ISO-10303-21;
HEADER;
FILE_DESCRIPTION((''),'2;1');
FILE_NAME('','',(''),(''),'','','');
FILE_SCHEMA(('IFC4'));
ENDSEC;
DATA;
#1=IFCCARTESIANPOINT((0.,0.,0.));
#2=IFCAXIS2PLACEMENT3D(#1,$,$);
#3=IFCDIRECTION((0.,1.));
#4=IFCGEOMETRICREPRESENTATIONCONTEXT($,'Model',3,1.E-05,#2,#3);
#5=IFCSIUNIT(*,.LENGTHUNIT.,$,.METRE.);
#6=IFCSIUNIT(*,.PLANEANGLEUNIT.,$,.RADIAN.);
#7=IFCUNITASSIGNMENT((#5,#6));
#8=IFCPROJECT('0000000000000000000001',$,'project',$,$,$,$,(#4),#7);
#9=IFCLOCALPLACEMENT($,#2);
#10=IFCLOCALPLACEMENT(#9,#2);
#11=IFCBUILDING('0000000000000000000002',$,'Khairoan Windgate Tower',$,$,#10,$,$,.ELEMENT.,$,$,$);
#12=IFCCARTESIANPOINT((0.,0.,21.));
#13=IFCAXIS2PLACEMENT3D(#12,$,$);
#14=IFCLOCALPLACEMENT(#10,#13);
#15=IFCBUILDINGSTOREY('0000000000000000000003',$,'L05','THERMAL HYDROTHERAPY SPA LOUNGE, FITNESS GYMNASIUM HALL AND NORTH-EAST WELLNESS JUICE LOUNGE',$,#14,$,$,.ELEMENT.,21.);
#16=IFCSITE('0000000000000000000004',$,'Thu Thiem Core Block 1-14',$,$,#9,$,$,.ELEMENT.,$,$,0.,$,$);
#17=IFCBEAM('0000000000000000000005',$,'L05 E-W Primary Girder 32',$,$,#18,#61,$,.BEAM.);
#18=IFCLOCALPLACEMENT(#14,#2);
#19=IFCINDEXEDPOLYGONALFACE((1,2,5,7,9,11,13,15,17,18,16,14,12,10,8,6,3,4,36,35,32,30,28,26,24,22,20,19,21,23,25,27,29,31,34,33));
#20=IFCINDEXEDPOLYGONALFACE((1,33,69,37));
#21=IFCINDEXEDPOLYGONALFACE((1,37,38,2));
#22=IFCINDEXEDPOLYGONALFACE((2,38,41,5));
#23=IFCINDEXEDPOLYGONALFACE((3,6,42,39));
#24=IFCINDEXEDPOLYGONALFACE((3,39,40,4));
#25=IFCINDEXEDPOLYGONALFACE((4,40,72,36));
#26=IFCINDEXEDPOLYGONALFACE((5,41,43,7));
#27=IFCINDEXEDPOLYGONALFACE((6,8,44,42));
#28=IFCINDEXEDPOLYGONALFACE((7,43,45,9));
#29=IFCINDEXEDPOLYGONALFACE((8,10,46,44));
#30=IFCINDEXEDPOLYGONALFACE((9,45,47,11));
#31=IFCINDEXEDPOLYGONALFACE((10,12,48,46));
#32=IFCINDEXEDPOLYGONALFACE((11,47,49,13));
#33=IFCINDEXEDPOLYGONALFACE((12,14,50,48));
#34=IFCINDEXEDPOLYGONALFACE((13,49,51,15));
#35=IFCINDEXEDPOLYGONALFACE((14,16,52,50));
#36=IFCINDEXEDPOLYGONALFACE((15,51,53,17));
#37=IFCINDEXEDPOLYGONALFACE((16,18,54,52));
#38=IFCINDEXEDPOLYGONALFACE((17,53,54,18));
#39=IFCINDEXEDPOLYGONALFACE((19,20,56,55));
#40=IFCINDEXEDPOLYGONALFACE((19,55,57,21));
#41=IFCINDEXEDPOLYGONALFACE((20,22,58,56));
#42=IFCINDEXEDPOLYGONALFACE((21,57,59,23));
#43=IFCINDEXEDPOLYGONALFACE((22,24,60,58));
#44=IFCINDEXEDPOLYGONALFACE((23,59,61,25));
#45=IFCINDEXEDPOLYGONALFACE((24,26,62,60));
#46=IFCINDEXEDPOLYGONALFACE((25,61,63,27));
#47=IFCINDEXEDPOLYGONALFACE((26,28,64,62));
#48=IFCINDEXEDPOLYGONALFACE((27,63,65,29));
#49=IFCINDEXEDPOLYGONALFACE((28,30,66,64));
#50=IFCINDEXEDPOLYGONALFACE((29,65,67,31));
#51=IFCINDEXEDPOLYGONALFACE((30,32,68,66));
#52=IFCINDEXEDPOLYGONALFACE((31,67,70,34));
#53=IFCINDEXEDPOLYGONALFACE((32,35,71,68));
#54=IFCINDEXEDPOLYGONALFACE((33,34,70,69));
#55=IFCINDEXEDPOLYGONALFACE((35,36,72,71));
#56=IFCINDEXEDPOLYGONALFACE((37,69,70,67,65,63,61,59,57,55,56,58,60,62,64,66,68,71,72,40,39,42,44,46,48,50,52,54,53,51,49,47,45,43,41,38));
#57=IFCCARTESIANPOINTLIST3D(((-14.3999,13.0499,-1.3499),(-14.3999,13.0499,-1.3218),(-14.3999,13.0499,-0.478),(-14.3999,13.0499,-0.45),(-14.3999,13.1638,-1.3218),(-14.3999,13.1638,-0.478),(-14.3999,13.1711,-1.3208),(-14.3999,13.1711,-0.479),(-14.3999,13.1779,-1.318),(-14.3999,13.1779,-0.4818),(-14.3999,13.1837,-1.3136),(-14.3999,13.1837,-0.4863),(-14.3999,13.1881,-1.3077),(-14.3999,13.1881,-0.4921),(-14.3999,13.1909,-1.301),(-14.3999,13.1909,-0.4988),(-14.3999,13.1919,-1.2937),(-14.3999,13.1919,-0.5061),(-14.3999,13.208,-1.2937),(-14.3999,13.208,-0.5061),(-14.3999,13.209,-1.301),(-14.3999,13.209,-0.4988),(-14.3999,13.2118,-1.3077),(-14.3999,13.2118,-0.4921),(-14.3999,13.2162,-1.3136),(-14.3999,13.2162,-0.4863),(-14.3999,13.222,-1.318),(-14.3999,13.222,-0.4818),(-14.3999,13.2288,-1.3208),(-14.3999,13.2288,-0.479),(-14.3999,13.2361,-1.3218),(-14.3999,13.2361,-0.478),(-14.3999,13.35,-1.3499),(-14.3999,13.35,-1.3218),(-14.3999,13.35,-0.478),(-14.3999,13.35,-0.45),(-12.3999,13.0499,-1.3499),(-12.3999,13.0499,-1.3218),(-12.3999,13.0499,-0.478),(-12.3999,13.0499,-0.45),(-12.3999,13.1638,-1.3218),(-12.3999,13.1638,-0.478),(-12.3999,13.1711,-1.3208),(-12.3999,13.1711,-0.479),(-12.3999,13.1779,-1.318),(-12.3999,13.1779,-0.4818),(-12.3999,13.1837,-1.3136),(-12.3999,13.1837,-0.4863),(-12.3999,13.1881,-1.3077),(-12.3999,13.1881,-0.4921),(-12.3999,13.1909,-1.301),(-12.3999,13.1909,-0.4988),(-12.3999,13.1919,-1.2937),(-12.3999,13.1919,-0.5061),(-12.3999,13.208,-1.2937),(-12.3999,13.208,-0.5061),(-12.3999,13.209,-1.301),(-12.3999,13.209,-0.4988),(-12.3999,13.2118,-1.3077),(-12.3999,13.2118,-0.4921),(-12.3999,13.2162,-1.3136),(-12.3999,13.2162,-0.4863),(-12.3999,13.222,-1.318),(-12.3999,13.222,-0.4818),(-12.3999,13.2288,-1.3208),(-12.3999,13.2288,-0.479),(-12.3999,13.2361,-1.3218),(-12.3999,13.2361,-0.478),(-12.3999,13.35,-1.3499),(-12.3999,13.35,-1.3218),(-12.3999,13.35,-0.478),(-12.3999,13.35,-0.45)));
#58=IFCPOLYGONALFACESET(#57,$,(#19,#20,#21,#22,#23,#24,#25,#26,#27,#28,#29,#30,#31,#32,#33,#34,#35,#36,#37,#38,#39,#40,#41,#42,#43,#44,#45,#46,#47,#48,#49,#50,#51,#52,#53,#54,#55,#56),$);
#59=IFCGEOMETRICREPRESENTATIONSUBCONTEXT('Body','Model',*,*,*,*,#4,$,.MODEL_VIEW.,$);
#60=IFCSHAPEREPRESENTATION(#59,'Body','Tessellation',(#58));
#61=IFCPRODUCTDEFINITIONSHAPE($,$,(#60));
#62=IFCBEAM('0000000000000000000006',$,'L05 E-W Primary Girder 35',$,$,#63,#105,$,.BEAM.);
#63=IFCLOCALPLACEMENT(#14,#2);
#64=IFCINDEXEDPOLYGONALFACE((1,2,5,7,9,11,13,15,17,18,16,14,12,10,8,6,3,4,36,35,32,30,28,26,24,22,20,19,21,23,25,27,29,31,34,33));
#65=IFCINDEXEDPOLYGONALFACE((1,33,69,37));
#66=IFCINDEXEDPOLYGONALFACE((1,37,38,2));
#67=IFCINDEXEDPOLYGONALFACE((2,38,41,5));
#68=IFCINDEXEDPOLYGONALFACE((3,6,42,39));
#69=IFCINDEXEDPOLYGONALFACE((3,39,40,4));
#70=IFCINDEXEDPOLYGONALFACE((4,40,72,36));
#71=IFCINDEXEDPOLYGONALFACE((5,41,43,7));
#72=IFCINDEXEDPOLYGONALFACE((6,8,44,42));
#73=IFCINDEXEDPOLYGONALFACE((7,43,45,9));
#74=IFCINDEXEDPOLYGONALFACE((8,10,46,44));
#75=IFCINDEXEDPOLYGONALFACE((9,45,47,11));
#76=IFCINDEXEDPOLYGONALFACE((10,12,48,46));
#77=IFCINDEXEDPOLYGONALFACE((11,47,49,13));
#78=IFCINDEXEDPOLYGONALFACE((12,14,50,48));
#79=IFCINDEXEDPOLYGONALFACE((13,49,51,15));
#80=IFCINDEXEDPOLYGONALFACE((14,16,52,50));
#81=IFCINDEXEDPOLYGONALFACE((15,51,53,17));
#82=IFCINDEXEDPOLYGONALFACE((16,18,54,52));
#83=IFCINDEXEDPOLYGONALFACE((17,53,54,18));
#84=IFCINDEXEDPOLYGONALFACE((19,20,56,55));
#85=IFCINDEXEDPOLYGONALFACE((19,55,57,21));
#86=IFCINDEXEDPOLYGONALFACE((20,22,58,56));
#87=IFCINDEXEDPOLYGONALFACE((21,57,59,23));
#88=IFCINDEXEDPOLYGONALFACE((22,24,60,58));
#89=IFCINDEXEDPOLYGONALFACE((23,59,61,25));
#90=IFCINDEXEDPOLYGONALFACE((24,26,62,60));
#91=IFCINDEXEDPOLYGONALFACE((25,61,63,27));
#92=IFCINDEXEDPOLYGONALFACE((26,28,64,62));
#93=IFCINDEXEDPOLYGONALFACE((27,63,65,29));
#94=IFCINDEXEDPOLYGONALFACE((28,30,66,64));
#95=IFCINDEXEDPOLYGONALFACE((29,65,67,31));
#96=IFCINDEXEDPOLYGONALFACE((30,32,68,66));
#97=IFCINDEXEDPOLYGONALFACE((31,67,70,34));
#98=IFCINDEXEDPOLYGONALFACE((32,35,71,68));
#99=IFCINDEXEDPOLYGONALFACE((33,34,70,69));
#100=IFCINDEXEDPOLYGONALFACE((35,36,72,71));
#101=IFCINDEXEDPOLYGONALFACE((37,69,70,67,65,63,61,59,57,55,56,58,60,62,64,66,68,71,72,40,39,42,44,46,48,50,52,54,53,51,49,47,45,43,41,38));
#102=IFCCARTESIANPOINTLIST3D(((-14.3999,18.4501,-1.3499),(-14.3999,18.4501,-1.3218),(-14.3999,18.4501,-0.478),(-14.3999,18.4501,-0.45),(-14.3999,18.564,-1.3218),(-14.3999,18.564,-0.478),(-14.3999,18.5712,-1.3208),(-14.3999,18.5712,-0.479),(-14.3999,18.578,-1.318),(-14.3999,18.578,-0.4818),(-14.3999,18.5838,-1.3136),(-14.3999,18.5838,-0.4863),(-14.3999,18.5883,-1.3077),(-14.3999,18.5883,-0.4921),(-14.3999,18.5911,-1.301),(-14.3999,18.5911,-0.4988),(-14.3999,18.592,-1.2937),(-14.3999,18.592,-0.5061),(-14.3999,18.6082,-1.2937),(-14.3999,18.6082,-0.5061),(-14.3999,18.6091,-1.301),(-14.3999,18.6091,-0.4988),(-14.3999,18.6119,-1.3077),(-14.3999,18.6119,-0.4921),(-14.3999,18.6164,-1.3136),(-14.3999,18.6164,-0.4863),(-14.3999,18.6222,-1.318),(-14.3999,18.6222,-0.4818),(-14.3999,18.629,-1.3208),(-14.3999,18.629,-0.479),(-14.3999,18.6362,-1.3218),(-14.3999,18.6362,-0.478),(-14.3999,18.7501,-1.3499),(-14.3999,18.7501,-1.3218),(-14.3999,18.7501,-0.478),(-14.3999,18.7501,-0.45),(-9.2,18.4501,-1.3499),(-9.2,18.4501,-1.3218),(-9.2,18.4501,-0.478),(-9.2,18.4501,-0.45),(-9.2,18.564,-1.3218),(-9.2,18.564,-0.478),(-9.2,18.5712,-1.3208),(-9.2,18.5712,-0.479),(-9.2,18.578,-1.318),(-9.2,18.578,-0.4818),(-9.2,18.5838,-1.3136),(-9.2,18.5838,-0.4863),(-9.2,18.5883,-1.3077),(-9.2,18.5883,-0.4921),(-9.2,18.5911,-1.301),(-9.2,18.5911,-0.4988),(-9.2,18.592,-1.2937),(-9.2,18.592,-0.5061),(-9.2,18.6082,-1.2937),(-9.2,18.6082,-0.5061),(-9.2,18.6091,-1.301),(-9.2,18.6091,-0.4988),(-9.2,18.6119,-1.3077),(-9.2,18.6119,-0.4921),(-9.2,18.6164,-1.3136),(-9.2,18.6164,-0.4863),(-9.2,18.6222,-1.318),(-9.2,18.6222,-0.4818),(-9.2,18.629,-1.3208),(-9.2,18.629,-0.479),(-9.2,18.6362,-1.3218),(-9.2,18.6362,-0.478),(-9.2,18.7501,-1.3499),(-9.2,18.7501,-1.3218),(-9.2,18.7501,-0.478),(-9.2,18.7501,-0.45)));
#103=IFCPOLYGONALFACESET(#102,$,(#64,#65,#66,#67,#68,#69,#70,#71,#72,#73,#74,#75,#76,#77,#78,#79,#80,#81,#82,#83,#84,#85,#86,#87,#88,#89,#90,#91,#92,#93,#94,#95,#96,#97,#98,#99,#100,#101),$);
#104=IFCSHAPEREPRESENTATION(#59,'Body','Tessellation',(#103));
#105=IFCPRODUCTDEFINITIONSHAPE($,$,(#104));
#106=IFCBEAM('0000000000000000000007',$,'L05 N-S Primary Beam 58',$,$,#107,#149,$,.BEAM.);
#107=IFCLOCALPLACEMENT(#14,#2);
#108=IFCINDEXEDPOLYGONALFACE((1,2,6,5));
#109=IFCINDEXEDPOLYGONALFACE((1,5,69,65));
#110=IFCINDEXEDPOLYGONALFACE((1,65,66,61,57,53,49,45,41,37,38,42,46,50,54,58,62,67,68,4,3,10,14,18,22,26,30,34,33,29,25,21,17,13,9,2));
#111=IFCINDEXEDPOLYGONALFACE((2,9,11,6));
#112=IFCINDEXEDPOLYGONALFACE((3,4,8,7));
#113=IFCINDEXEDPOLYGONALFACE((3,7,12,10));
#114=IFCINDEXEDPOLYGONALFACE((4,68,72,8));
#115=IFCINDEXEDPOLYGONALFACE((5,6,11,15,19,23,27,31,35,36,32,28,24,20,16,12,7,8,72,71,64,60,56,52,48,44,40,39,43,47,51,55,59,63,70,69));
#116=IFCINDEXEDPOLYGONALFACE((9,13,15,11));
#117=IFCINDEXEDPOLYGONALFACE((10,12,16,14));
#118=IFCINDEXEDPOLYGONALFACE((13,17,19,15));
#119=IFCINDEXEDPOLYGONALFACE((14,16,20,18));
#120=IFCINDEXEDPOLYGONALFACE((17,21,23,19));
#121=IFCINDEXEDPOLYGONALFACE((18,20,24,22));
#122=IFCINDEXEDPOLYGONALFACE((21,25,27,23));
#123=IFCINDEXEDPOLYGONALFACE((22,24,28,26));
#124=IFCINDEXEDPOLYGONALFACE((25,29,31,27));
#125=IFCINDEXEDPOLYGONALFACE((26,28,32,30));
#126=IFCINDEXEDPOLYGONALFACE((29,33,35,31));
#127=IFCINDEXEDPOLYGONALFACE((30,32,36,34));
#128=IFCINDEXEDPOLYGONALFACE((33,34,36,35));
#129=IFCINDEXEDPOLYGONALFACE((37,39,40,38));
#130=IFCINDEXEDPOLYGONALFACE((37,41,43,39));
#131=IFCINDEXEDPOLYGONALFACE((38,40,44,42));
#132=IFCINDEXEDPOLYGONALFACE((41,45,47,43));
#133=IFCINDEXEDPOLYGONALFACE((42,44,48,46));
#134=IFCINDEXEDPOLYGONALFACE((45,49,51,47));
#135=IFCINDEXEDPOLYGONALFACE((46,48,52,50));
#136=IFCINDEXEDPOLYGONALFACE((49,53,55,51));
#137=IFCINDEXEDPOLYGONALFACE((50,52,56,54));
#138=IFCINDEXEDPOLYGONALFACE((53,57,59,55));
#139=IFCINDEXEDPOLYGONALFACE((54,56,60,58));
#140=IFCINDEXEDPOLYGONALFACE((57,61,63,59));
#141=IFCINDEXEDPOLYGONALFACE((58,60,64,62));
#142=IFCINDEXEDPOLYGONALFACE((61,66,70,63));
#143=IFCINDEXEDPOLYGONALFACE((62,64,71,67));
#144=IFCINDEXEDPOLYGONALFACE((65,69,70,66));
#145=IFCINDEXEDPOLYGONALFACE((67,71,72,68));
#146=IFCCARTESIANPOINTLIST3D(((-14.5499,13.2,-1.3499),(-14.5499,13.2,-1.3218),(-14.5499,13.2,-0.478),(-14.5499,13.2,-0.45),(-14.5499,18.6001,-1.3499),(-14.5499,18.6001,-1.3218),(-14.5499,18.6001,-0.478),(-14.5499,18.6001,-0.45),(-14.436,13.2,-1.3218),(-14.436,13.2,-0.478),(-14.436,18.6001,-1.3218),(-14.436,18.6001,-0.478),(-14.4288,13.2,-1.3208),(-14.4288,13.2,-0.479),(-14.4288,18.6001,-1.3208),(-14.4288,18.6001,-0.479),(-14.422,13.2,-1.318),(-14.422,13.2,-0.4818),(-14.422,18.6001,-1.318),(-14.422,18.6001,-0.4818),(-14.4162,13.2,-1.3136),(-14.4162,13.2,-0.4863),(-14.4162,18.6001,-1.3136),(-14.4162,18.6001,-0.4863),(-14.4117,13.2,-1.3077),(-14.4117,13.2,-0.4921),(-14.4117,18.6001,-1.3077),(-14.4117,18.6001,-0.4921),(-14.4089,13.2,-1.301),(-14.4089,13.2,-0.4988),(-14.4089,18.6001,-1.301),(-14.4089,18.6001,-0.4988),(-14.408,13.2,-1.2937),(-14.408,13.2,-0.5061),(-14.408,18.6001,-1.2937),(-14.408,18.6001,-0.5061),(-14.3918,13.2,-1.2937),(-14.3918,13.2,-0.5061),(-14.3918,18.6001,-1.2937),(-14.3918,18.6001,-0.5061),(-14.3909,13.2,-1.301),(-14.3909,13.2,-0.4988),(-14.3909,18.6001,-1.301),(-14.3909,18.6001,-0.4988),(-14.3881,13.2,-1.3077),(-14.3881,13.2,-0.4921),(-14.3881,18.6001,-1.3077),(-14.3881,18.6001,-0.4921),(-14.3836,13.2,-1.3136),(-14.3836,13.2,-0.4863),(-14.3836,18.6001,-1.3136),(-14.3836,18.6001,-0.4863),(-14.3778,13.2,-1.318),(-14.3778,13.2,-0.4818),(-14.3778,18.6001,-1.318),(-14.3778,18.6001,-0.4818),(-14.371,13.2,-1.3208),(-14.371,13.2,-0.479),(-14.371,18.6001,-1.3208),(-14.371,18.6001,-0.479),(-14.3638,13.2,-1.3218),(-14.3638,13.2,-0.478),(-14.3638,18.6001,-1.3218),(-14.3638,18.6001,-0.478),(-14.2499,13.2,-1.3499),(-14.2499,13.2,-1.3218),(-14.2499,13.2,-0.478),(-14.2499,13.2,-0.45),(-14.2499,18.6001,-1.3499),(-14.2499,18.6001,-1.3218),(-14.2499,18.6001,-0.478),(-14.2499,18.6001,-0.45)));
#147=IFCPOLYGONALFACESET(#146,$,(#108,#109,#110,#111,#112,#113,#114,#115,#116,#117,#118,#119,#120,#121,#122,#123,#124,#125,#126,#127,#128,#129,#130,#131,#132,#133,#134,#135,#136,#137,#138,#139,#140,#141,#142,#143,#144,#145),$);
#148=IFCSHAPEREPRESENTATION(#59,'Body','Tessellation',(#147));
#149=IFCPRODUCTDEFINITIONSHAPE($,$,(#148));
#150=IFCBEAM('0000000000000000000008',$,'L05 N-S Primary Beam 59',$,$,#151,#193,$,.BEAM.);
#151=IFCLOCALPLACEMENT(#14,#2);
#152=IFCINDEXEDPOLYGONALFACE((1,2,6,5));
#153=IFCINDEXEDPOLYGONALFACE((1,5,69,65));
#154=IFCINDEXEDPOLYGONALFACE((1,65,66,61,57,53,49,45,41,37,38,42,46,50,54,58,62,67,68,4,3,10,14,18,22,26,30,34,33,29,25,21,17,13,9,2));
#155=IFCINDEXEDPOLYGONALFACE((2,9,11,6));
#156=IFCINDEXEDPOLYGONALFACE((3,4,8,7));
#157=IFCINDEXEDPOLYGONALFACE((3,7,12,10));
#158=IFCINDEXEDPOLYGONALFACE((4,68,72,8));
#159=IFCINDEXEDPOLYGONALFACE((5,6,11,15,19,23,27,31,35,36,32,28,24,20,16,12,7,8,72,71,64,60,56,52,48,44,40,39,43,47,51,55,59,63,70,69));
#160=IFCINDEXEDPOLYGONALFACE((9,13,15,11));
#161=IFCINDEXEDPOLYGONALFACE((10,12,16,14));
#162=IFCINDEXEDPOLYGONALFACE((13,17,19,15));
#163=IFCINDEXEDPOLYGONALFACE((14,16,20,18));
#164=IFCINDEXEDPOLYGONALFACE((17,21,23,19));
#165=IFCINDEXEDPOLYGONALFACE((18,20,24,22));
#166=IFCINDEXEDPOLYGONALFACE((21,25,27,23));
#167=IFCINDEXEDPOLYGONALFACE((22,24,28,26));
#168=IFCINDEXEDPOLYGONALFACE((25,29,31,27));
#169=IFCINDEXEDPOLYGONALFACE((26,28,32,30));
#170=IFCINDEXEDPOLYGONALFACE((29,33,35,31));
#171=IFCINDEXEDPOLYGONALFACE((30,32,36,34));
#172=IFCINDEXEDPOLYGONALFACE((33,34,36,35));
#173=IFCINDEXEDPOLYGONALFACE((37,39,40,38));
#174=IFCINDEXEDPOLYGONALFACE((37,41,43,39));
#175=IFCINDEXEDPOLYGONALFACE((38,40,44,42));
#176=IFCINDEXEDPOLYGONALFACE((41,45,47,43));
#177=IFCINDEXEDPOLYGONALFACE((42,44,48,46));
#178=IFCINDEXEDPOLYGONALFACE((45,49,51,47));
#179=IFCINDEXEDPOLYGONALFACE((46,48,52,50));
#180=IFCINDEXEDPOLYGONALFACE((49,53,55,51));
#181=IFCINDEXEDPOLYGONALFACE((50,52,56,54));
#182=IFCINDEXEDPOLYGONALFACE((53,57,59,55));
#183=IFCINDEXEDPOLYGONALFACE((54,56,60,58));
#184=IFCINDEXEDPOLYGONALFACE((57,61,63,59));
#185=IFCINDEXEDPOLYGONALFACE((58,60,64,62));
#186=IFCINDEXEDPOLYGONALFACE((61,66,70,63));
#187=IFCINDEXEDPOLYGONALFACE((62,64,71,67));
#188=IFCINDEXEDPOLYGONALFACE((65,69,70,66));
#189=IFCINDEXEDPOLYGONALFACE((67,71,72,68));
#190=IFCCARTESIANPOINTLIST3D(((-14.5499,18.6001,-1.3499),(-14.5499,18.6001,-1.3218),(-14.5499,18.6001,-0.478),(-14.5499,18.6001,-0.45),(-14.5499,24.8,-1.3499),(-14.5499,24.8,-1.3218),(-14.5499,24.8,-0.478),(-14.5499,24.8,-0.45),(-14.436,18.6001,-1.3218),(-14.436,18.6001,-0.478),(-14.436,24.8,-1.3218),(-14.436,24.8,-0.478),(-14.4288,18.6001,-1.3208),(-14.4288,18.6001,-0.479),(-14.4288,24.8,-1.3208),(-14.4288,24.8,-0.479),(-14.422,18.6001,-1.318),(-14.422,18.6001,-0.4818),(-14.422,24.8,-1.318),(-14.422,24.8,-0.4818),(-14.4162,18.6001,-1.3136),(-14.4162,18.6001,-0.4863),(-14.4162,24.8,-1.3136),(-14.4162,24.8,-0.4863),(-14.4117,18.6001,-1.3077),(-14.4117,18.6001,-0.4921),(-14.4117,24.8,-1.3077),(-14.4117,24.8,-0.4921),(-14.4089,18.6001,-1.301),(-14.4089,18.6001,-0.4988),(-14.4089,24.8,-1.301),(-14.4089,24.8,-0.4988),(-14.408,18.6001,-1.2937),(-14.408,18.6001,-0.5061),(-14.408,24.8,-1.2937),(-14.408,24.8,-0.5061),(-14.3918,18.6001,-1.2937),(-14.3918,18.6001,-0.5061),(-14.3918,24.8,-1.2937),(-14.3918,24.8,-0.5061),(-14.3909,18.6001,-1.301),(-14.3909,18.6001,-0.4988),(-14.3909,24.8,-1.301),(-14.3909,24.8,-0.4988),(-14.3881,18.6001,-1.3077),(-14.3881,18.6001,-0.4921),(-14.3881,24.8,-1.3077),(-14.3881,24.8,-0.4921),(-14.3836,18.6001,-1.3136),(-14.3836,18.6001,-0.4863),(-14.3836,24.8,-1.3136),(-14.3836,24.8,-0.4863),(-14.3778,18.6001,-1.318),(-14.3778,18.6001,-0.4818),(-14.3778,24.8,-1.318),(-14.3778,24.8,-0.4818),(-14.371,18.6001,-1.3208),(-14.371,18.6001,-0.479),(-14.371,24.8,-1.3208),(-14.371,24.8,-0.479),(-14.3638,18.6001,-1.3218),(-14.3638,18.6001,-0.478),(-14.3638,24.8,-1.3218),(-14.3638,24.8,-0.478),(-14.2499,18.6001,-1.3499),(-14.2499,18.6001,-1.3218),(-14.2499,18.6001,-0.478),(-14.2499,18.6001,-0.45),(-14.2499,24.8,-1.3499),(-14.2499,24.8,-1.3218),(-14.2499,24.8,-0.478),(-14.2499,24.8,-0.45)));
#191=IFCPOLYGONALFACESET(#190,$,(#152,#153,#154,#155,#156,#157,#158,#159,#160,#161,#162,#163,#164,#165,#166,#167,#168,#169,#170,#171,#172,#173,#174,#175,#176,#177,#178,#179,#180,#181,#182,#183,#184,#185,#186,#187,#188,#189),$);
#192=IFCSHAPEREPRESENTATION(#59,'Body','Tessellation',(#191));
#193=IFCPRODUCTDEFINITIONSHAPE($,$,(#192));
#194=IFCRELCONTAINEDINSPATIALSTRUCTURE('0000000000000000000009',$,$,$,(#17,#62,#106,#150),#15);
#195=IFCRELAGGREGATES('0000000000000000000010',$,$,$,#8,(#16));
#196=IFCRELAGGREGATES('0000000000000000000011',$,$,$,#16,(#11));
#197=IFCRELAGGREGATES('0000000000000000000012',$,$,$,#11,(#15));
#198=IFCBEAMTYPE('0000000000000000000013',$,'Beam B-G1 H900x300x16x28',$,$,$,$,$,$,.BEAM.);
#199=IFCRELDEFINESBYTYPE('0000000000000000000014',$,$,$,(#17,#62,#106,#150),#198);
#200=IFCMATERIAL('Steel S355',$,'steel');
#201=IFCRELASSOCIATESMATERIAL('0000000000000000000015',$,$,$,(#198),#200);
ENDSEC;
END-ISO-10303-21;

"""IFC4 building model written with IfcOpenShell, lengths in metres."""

from ifc_helpers import new_model, si_unit, direction, frame, origin, origin_2d, place, context, subcontext, project, spatial, i_section, extrude, material, material_profile, profile_set, type_object, element, save


model = new_model("IFC4")

# Units and contexts
model_context = context("Model", 3, precision=1e-05, world=origin(), true_north=direction((0.0, 1.0)))
body_context = subcontext(model_context, "Body", "Model", "MODEL_VIEW")
ifc_project = project(units=[si_unit("LENGTHUNIT", "METRE"), si_unit("PLANEANGLEUNIT", "RADIAN")], contexts=[model_context])

# Site, building, storey
site_placement = place(None, origin())
site = spatial("IfcSite", under=ifc_project, at=site_placement, Name="Thu Thiem Core Block 1-14", CompositionType="ELEMENT", RefElevation=0.0)
building_placement = place(site_placement, origin())
building = spatial("IfcBuilding", under=site, at=building_placement, Name="Khairoan Windgate Tower", CompositionType="ELEMENT")
storey_placement = place(building_placement, frame((0.0, 0.0, 21.0)))
storey = spatial("IfcBuildingStorey", under=building, at=storey_placement, Name="L05", Description="THERMAL HYDROTHERAPY SPA LOUNGE, FITNESS GYMNASIUM HALL AND NORTH-EAST WELLNESS JUICE LOUNGE", CompositionType="ELEMENT", Elevation=21.0)

# Beams
ifc_material_1 = material(Name="Steel S355", Category="steel")
ifc_material_profile_1 = material_profile(ifc_material_1, i_section(OverallWidth=0.3, OverallDepth=0.8999, WebThickness=0.0161, FlangeThickness=0.0281, FilletRadius=0.0281, at=origin_2d()))
ifc_profile_set_1 = profile_set([ifc_material_profile_1], Name="Steel S355")
beam_type_1 = type_object("IfcBeamType", Name="Beam B-G1 H900x300x16x28", PredefinedType="BEAM", material=ifc_profile_set_1)
beam_1_placement = place(storey_placement, frame((-14.3999, 13.2, -0.8999), z_axis=(1.0, 0.0, 0.0), x_axis=(0.0, 1.0, 0.0)))
element("IfcBeam", 1, at=beam_1_placement, inside=storey, type_object=beam_type_1, Name="L05 E-W Primary Girder 32", PredefinedType="BEAM", context=body_context, shape_type="SweptSolid", body=[
    extrude(i_section(OverallWidth=0.3, OverallDepth=0.8999, WebThickness=0.0161, FlangeThickness=0.0281, FilletRadius=0.0281, at=origin_2d()), origin(), (0.0, 0.0, 1.0), 2.0),
])
beam_2_placement = place(storey_placement, frame((-14.3999, 18.6001, -0.8999), z_axis=(1.0, 0.0, 0.0), x_axis=(0.0, 1.0, 0.0)))
element("IfcBeam", 2, at=beam_2_placement, inside=storey, type_object=beam_type_1, Name="L05 E-W Primary Girder 35", PredefinedType="BEAM", context=body_context, shape_type="SweptSolid", body=[
    extrude(i_section(OverallWidth=0.3, OverallDepth=0.8999, WebThickness=0.0161, FlangeThickness=0.0281, FilletRadius=0.0281, at=origin_2d()), origin(), (0.0, 0.0, 1.0), 5.2),
])
beam_3_placement = place(storey_placement, frame((-14.3999, 13.2, -0.8999), z_axis=(0.0, 1.0, 0.0), x_axis=(-1.0, 0.0, 0.0)))
element("IfcBeam", 3, at=beam_3_placement, inside=storey, type_object=beam_type_1, Name="L05 N-S Primary Beam 58", PredefinedType="BEAM", context=body_context, shape_type="SweptSolid", body=[
    extrude(i_section(OverallWidth=0.3, OverallDepth=0.8999, WebThickness=0.0161, FlangeThickness=0.0281, FilletRadius=0.0281, at=origin_2d()), origin(), (0.0, 0.0, 1.0), 5.4001),
])
beam_4_placement = place(storey_placement, frame((-14.3999, 18.6001, -0.8999), z_axis=(0.0, 1.0, 0.0), x_axis=(-1.0, 0.0, 0.0)))
element("IfcBeam", 4, at=beam_4_placement, inside=storey, type_object=beam_type_1, Name="L05 N-S Primary Beam 59", PredefinedType="BEAM", context=body_context, shape_type="SweptSolid", body=[
    extrude(i_section(OverallWidth=0.3, OverallDepth=0.8999, WebThickness=0.0161, FlangeThickness=0.0281, FilletRadius=0.0281, at=origin_2d()), origin(), (0.0, 0.0, 1.0), 6.2),
])

save(model, "model.ifc")
